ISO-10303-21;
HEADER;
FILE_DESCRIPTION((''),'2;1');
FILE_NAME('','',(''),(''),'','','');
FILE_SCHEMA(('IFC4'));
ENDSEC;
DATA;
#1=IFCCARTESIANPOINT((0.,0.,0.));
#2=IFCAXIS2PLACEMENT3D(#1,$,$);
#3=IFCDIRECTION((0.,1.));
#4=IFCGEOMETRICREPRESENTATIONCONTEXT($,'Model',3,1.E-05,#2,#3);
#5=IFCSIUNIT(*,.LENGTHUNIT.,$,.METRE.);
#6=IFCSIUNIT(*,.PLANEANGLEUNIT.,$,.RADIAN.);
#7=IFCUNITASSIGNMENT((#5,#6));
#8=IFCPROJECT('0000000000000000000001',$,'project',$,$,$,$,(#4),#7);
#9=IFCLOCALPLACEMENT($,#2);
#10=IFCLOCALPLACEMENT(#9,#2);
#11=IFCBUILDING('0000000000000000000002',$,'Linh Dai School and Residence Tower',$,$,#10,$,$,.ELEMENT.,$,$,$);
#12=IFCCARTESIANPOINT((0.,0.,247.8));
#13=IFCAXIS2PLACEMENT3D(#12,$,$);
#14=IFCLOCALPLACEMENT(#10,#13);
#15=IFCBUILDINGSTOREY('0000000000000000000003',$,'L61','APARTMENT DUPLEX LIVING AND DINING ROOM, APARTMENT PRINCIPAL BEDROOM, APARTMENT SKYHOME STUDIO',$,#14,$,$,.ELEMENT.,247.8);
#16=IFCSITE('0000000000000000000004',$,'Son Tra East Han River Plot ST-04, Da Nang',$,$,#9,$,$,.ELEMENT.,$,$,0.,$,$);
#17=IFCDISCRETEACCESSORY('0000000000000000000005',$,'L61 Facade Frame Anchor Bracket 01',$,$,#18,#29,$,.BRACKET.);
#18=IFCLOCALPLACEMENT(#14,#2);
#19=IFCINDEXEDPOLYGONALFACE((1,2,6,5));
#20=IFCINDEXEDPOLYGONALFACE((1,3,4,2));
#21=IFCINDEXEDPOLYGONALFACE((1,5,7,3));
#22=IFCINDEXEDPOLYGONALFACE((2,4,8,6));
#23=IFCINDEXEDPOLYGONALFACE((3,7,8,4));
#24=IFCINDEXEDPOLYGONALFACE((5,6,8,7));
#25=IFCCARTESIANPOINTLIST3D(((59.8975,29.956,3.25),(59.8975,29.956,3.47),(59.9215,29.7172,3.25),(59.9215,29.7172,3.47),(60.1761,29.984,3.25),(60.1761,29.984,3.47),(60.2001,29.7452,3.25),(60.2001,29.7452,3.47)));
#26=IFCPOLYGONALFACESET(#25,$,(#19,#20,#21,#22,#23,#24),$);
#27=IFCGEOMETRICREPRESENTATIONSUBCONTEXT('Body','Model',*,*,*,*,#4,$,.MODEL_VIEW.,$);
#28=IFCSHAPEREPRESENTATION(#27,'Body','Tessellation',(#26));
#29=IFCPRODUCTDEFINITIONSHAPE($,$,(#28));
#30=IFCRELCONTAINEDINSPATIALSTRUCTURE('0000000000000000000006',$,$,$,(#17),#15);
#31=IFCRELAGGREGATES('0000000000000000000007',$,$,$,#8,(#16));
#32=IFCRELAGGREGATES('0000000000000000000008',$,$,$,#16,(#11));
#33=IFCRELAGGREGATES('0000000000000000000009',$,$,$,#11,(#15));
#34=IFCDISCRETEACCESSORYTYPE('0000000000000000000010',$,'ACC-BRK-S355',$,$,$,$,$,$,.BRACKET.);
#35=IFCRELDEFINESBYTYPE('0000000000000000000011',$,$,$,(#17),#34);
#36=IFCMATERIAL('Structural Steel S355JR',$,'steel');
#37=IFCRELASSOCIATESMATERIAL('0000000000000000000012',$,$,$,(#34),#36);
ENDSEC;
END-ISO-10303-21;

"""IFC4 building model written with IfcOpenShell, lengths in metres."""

from ifc_helpers import new_model, si_unit, direction, frame, origin, origin_2d, place, context, subcontext, project, spatial, rectangle, extrude, source, transform, mapped, material, type_object, element, save


model = new_model("IFC4")

# Units and contexts
model_context = context("Model", 3, precision=1e-05, world=origin(), true_north=direction((0.0, 1.0)))
body_context = subcontext(model_context, "Body", "Model", "MODEL_VIEW")
ifc_project = project(units=[si_unit("LENGTHUNIT", "METRE"), si_unit("PLANEANGLEUNIT", "RADIAN")], contexts=[model_context])

# Site, building, storey
site_placement = place(None, origin())
site = spatial("IfcSite", under=ifc_project, at=site_placement, Name="Son Tra East Han River Plot ST-04, Da Nang", CompositionType="ELEMENT", RefElevation=0.0)
building_placement = place(site_placement, origin())
building = spatial("IfcBuilding", under=site, at=building_placement, Name="Linh Dai School and Residence Tower", CompositionType="ELEMENT")
storey_placement = place(building_placement, frame((0.0, 0.0, 247.8)))
storey = spatial("IfcBuildingStorey", under=building, at=storey_placement, Name="L61", Description="APARTMENT DUPLEX LIVING AND DINING ROOM, APARTMENT PRINCIPAL BEDROOM, APARTMENT SKYHOME STUDIO", CompositionType="ELEMENT", Elevation=247.8)

# Shared definitions
ifc_material_1 = material(Name="Structural Steel S355JR", Category="steel")

# Discrete accessory
discrete_accessory_type = type_object("IfcDiscreteAccessoryType", Name="ACC-BRK-S355", PredefinedType="BRACKET", material=ifc_material_1)
shared_shape_1 = source(origin(), body_context, "Body", "SweptSolid", [
    extrude(rectangle(XDim=0.28, YDim=0.24, at=origin_2d()), origin(), (0.0, 0.0, 1.0), 0.22),
])
discrete_accessory_placement = place(storey_placement, frame((60.0488, 29.8506, 3.25), z_axis=(0.0, 0.0, 1.0), x_axis=(0.994986, 0.100012, 0.0)))
element("IfcDiscreteAccessory", 1, at=discrete_accessory_placement, inside=storey, type_object=discrete_accessory_type, Name="L61 Facade Frame Anchor Bracket 01", PredefinedType="BRACKET", context=body_context, shape_type="MappedRepresentation", body=[
    mapped(shared_shape_1, transform((0.0, 0.0, 0.0), x_axis=(1.0, 0.0, 0.0), y_axis=(0.0, 1.0, 0.0), z_axis=(0.0, 0.0, 1.0), scale=1.0)),
])

save(model, "model.ifc")
